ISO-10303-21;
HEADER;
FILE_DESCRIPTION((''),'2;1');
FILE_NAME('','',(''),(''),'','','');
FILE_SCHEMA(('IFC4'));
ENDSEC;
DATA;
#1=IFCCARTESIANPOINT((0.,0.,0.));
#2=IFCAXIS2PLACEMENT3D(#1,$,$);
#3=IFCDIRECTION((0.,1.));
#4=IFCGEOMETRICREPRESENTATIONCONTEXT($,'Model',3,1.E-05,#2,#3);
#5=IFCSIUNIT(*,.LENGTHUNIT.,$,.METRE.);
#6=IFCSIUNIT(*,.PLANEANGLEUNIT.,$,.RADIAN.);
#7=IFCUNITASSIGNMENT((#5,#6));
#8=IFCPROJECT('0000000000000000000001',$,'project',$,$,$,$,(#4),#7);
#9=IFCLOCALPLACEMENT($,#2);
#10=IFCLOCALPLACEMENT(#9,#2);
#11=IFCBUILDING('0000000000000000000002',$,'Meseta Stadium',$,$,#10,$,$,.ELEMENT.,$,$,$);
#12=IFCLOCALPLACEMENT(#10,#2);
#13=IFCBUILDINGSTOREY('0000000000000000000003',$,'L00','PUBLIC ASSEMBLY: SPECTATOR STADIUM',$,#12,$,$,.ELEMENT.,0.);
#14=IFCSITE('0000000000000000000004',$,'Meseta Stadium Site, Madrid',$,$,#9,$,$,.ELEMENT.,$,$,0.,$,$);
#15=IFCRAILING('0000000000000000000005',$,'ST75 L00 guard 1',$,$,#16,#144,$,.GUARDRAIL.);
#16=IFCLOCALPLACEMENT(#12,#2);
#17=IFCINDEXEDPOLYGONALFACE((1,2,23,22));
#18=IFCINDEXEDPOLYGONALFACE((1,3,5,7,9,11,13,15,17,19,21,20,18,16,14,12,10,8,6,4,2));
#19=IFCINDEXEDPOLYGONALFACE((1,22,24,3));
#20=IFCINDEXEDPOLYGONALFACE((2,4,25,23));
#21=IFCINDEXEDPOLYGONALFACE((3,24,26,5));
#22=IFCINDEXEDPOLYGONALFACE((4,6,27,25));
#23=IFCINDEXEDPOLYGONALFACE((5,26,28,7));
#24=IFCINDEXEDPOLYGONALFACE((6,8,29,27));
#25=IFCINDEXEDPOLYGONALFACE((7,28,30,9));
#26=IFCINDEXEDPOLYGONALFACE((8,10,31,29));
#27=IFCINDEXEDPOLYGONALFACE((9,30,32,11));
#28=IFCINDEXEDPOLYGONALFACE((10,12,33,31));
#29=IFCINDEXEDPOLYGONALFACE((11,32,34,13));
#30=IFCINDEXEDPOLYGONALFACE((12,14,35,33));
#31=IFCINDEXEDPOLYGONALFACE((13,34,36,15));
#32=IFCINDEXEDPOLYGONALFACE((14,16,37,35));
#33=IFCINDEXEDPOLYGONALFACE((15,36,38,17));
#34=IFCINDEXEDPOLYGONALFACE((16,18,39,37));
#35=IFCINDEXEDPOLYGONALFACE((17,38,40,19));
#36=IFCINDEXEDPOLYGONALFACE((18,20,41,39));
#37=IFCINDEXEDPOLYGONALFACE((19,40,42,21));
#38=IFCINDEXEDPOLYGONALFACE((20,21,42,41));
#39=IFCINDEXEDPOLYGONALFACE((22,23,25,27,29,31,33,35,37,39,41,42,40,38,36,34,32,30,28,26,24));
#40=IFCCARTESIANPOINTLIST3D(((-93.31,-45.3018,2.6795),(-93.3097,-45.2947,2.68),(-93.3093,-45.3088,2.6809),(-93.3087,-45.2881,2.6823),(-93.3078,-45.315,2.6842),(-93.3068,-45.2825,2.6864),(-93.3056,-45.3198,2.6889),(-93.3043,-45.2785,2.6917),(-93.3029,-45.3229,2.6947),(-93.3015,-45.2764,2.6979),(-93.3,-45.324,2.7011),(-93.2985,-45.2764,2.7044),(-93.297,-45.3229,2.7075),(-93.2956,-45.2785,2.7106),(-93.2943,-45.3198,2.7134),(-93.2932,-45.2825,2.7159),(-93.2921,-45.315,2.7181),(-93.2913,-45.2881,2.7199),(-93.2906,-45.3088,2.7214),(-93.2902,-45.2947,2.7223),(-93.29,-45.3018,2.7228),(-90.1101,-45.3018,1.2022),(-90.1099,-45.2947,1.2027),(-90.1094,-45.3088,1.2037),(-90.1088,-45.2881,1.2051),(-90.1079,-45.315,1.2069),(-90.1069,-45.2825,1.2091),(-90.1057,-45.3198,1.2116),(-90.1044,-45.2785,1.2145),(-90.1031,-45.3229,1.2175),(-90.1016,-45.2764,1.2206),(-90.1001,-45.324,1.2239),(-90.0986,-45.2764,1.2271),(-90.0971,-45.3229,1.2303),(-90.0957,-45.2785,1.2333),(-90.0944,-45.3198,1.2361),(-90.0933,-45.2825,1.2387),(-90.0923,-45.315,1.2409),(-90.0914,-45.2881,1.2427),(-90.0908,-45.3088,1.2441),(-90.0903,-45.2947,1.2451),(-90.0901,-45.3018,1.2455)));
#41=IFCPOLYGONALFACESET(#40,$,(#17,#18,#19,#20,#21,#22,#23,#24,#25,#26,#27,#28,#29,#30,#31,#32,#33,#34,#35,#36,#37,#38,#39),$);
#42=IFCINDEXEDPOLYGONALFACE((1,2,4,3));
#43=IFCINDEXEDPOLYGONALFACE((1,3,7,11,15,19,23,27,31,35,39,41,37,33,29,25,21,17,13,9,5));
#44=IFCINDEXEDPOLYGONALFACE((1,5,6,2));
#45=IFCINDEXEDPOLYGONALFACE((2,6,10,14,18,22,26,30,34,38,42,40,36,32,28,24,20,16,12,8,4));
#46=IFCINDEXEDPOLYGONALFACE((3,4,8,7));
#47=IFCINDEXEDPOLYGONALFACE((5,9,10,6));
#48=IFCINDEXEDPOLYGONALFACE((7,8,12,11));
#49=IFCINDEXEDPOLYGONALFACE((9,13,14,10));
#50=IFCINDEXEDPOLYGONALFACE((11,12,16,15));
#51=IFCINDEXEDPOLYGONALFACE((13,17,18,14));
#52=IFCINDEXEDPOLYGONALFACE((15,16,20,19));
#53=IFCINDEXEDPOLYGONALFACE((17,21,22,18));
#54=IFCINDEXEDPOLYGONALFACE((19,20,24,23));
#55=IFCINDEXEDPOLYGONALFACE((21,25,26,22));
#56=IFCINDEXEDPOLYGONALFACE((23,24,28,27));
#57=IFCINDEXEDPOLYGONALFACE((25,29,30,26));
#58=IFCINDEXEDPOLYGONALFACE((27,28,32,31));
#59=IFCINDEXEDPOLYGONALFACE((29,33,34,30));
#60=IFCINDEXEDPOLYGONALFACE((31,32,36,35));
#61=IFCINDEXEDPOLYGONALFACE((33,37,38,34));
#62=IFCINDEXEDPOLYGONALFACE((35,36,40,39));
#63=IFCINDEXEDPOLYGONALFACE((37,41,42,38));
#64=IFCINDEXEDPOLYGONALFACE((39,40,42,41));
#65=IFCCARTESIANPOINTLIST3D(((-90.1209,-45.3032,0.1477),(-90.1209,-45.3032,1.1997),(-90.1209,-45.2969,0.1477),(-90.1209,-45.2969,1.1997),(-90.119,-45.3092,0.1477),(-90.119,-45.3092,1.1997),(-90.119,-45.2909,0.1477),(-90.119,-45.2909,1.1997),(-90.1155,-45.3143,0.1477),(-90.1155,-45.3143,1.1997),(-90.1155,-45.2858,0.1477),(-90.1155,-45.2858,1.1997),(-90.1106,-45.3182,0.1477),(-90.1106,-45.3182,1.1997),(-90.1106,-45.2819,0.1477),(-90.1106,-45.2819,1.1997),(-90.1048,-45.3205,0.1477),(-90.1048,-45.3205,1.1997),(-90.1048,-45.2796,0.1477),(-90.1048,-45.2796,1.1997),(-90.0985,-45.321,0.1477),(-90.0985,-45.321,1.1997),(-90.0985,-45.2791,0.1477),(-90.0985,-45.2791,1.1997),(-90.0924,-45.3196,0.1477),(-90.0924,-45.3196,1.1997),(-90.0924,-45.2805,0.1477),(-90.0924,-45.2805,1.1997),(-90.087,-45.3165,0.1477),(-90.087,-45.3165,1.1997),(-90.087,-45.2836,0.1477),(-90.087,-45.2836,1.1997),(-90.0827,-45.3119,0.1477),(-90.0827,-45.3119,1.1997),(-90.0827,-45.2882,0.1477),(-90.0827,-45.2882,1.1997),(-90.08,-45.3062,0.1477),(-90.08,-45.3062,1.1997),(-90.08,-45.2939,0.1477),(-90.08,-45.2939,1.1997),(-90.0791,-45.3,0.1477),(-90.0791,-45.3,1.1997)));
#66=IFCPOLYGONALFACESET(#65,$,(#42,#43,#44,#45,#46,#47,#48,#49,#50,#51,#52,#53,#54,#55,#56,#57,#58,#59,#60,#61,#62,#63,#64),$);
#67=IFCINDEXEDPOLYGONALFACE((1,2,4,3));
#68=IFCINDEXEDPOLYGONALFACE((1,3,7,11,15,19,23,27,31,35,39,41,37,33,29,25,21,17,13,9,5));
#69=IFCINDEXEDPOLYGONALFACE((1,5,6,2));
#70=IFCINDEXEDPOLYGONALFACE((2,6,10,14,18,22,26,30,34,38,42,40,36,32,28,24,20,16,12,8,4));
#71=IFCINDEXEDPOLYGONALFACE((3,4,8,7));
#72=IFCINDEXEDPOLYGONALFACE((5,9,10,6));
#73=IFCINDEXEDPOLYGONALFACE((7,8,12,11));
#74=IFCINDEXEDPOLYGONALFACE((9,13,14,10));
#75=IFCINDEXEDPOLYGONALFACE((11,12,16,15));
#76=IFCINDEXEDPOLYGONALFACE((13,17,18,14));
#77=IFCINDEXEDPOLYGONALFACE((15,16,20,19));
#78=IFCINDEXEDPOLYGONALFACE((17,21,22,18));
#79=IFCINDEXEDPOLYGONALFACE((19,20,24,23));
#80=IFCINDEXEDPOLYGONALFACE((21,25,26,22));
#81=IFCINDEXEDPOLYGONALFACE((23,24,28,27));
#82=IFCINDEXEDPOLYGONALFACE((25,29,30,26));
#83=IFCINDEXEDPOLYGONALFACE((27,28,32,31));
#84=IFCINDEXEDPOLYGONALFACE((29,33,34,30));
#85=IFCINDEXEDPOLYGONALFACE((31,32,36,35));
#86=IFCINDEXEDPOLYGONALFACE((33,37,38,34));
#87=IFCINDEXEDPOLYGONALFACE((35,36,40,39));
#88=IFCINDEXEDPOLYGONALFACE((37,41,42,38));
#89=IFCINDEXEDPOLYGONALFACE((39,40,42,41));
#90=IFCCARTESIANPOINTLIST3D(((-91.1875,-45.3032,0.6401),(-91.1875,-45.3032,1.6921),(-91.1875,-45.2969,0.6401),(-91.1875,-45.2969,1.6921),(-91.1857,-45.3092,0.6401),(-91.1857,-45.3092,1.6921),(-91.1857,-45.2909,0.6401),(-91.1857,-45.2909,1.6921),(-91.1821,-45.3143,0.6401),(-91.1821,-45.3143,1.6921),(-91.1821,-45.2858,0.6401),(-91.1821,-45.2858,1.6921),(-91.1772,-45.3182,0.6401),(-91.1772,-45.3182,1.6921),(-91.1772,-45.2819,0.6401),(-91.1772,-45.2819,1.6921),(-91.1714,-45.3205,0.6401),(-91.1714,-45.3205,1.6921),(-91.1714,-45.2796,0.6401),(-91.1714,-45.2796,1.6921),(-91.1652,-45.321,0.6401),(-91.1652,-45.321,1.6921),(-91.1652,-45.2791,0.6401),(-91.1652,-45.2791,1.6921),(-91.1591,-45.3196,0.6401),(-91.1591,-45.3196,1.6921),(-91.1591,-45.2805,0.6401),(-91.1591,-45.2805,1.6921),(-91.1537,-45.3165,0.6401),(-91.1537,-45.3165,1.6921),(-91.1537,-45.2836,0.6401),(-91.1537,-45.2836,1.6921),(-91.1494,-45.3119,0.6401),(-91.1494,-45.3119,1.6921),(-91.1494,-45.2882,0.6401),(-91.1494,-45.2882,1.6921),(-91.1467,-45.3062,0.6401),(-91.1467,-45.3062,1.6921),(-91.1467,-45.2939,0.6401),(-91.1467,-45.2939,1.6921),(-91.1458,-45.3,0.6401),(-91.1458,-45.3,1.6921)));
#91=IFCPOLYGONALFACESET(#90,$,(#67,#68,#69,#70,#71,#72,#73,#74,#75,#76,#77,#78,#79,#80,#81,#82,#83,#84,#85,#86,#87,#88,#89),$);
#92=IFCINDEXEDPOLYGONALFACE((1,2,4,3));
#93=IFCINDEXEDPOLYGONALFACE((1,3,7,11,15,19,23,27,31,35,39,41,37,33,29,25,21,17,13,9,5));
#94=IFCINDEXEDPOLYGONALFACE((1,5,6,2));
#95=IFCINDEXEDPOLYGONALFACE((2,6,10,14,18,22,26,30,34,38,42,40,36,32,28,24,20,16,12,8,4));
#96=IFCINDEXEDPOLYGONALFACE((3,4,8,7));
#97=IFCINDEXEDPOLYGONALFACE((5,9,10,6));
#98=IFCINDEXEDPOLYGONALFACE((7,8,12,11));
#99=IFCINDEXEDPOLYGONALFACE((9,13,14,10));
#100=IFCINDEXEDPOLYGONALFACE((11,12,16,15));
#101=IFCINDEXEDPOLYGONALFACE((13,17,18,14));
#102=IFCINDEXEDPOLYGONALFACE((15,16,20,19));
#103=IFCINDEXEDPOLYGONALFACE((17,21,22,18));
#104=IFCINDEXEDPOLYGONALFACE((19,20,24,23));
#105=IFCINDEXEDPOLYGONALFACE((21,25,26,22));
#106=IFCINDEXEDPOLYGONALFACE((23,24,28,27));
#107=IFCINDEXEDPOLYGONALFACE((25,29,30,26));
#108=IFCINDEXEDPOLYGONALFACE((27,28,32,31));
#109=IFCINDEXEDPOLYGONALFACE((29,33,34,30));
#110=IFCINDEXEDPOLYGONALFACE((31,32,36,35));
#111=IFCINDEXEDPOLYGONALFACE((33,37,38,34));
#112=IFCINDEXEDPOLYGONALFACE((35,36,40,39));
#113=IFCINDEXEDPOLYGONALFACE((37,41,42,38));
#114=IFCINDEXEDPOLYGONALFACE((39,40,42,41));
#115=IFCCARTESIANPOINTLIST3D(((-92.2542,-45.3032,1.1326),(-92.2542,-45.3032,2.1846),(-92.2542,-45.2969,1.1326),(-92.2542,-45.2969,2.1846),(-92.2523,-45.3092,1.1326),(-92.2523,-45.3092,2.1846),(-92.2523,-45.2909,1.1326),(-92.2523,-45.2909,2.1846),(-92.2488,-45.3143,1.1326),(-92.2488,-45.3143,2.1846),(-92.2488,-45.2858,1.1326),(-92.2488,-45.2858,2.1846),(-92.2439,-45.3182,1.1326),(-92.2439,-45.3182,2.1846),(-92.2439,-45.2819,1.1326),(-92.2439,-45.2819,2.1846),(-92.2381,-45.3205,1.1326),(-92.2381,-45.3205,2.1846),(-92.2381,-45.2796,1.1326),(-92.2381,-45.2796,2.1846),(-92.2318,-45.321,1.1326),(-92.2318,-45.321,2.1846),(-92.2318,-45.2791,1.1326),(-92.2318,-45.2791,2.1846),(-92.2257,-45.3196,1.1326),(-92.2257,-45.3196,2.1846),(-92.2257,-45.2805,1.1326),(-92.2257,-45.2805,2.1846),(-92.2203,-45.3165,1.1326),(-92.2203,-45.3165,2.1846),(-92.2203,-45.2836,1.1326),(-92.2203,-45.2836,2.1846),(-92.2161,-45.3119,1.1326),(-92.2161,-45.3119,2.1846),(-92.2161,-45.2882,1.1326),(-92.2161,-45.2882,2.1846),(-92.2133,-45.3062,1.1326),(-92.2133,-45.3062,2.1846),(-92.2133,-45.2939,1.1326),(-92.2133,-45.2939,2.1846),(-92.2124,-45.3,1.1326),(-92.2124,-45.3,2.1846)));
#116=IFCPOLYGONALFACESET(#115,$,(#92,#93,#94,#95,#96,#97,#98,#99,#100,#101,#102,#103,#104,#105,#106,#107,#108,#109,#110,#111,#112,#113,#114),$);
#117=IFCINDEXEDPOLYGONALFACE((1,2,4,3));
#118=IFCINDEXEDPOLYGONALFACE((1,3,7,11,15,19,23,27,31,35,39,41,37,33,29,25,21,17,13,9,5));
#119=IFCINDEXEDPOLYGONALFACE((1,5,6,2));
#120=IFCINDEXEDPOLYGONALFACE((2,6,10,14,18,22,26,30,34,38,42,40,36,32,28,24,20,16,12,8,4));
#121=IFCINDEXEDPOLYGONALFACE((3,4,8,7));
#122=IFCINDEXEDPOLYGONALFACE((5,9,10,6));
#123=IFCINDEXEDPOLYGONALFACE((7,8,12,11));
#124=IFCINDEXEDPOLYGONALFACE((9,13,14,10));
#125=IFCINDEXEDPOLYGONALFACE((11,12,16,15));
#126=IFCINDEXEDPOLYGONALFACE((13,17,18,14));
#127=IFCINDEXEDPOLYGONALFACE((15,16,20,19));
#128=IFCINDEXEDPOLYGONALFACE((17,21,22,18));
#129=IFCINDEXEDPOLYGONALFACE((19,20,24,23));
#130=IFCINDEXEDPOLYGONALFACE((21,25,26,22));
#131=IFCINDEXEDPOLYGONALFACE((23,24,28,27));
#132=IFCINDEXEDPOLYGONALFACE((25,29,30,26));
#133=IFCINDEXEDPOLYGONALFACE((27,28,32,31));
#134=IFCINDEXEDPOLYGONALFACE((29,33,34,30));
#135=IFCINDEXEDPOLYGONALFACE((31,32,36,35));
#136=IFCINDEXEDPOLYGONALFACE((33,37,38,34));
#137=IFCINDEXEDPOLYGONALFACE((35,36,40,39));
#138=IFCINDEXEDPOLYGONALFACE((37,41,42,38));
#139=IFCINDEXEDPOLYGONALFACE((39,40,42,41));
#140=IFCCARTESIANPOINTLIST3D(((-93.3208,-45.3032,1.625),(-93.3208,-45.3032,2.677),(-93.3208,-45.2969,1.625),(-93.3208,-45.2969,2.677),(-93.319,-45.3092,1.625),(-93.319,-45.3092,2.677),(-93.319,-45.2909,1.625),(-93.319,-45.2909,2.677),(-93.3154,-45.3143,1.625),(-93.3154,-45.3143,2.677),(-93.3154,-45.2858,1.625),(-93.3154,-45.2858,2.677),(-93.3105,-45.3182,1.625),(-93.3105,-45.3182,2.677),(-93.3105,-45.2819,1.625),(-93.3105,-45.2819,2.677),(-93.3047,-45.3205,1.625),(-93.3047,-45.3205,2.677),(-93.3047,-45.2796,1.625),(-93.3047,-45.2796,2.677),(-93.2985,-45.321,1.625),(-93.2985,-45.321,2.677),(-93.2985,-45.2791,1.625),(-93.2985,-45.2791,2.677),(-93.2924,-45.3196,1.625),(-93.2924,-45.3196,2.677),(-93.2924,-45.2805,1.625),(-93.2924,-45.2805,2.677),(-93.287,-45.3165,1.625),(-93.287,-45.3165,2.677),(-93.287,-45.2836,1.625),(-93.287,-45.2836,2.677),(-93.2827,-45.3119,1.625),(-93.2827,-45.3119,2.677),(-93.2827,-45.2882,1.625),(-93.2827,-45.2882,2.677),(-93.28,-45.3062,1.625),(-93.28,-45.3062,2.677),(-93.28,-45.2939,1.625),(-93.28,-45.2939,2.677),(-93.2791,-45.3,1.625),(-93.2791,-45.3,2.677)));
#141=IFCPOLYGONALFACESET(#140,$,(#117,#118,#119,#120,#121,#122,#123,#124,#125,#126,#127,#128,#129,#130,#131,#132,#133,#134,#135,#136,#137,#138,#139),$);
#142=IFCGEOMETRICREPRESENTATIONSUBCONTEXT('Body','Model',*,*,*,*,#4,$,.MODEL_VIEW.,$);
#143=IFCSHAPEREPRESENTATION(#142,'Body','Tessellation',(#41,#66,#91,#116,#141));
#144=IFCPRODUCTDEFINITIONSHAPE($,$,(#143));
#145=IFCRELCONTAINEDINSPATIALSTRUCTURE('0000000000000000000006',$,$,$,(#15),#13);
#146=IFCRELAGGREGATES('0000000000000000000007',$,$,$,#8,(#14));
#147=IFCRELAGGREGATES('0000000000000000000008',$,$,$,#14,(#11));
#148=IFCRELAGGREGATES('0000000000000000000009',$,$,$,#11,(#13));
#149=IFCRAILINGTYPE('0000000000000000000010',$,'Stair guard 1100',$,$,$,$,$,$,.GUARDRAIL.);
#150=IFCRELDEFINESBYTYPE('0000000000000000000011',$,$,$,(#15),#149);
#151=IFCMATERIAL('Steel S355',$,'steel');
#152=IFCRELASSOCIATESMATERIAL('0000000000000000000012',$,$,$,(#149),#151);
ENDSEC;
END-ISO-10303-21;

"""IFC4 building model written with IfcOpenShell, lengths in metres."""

from ifc_helpers import new_model, si_unit, direction, frame, origin, origin_2d, place, context, subcontext, project, spatial, circle, extrude, material, type_object, element, save


model = new_model("IFC4")

# Units and contexts
model_context = context("Model", 3, precision=1e-05, world=origin(), true_north=direction((0.0, 1.0)))
body_context = subcontext(model_context, "Body", "Model", "MODEL_VIEW")
ifc_project = project(units=[si_unit("LENGTHUNIT", "METRE"), si_unit("PLANEANGLEUNIT", "RADIAN")], contexts=[model_context])

# Site, building, storey
site_placement = place(None, origin())
site = spatial("IfcSite", under=ifc_project, at=site_placement, Name="Meseta Stadium Site, Madrid", CompositionType="ELEMENT", RefElevation=0.0)
building_placement = place(site_placement, origin())
building = spatial("IfcBuilding", under=site, at=building_placement, Name="Meseta Stadium", CompositionType="ELEMENT")
storey_placement = place(building_placement, origin())
storey = spatial("IfcBuildingStorey", under=building, at=storey_placement, Name="L00", Description="PUBLIC ASSEMBLY: SPECTATOR STADIUM", CompositionType="ELEMENT", Elevation=0.0)

# Railing
ifc_material_1 = material(Name="Steel S355", Category="steel")
railing_type_1 = type_object("IfcRailingType", Name="Stair guard 1100", PredefinedType="GUARDRAIL", material=ifc_material_1)
railing_1_placement = place(storey_placement, frame((-90.1001, -45.3, 0.1477)))
element("IfcRailing", 1, at=railing_1_placement, inside=storey, type_object=railing_type_1, Name="ST75 L00 guard 1", PredefinedType="GUARDRAIL", context=body_context, shape_type="SweptSolid", body=[
    extrude(circle(Radius=0.0239, at=origin_2d()), frame((0.0, 0.0, 1.0762), z_axis=(-0.907917, 0.0, 0.41915), x_axis=(0.0, -1.0, 0.0)), (0.0, 0.0, 1.0), 3.5244),
    extrude(circle(Radius=0.021, at=origin_2d()), origin(), (0.0, 0.0, 1.0), 1.052),
    extrude(circle(Radius=0.021, at=origin_2d()), frame((-1.0667, 0.0, 0.4924)), (0.0, 0.0, 1.0), 1.052),
    extrude(circle(Radius=0.021, at=origin_2d()), frame((-2.1333, 0.0, 0.9849)), (0.0, 0.0, 1.0), 1.052),
    extrude(circle(Radius=0.021, at=origin_2d()), frame((-3.2, 0.0, 1.4773)), (0.0, 0.0, 1.0), 1.052),
])

save(model, "model.ifc")
